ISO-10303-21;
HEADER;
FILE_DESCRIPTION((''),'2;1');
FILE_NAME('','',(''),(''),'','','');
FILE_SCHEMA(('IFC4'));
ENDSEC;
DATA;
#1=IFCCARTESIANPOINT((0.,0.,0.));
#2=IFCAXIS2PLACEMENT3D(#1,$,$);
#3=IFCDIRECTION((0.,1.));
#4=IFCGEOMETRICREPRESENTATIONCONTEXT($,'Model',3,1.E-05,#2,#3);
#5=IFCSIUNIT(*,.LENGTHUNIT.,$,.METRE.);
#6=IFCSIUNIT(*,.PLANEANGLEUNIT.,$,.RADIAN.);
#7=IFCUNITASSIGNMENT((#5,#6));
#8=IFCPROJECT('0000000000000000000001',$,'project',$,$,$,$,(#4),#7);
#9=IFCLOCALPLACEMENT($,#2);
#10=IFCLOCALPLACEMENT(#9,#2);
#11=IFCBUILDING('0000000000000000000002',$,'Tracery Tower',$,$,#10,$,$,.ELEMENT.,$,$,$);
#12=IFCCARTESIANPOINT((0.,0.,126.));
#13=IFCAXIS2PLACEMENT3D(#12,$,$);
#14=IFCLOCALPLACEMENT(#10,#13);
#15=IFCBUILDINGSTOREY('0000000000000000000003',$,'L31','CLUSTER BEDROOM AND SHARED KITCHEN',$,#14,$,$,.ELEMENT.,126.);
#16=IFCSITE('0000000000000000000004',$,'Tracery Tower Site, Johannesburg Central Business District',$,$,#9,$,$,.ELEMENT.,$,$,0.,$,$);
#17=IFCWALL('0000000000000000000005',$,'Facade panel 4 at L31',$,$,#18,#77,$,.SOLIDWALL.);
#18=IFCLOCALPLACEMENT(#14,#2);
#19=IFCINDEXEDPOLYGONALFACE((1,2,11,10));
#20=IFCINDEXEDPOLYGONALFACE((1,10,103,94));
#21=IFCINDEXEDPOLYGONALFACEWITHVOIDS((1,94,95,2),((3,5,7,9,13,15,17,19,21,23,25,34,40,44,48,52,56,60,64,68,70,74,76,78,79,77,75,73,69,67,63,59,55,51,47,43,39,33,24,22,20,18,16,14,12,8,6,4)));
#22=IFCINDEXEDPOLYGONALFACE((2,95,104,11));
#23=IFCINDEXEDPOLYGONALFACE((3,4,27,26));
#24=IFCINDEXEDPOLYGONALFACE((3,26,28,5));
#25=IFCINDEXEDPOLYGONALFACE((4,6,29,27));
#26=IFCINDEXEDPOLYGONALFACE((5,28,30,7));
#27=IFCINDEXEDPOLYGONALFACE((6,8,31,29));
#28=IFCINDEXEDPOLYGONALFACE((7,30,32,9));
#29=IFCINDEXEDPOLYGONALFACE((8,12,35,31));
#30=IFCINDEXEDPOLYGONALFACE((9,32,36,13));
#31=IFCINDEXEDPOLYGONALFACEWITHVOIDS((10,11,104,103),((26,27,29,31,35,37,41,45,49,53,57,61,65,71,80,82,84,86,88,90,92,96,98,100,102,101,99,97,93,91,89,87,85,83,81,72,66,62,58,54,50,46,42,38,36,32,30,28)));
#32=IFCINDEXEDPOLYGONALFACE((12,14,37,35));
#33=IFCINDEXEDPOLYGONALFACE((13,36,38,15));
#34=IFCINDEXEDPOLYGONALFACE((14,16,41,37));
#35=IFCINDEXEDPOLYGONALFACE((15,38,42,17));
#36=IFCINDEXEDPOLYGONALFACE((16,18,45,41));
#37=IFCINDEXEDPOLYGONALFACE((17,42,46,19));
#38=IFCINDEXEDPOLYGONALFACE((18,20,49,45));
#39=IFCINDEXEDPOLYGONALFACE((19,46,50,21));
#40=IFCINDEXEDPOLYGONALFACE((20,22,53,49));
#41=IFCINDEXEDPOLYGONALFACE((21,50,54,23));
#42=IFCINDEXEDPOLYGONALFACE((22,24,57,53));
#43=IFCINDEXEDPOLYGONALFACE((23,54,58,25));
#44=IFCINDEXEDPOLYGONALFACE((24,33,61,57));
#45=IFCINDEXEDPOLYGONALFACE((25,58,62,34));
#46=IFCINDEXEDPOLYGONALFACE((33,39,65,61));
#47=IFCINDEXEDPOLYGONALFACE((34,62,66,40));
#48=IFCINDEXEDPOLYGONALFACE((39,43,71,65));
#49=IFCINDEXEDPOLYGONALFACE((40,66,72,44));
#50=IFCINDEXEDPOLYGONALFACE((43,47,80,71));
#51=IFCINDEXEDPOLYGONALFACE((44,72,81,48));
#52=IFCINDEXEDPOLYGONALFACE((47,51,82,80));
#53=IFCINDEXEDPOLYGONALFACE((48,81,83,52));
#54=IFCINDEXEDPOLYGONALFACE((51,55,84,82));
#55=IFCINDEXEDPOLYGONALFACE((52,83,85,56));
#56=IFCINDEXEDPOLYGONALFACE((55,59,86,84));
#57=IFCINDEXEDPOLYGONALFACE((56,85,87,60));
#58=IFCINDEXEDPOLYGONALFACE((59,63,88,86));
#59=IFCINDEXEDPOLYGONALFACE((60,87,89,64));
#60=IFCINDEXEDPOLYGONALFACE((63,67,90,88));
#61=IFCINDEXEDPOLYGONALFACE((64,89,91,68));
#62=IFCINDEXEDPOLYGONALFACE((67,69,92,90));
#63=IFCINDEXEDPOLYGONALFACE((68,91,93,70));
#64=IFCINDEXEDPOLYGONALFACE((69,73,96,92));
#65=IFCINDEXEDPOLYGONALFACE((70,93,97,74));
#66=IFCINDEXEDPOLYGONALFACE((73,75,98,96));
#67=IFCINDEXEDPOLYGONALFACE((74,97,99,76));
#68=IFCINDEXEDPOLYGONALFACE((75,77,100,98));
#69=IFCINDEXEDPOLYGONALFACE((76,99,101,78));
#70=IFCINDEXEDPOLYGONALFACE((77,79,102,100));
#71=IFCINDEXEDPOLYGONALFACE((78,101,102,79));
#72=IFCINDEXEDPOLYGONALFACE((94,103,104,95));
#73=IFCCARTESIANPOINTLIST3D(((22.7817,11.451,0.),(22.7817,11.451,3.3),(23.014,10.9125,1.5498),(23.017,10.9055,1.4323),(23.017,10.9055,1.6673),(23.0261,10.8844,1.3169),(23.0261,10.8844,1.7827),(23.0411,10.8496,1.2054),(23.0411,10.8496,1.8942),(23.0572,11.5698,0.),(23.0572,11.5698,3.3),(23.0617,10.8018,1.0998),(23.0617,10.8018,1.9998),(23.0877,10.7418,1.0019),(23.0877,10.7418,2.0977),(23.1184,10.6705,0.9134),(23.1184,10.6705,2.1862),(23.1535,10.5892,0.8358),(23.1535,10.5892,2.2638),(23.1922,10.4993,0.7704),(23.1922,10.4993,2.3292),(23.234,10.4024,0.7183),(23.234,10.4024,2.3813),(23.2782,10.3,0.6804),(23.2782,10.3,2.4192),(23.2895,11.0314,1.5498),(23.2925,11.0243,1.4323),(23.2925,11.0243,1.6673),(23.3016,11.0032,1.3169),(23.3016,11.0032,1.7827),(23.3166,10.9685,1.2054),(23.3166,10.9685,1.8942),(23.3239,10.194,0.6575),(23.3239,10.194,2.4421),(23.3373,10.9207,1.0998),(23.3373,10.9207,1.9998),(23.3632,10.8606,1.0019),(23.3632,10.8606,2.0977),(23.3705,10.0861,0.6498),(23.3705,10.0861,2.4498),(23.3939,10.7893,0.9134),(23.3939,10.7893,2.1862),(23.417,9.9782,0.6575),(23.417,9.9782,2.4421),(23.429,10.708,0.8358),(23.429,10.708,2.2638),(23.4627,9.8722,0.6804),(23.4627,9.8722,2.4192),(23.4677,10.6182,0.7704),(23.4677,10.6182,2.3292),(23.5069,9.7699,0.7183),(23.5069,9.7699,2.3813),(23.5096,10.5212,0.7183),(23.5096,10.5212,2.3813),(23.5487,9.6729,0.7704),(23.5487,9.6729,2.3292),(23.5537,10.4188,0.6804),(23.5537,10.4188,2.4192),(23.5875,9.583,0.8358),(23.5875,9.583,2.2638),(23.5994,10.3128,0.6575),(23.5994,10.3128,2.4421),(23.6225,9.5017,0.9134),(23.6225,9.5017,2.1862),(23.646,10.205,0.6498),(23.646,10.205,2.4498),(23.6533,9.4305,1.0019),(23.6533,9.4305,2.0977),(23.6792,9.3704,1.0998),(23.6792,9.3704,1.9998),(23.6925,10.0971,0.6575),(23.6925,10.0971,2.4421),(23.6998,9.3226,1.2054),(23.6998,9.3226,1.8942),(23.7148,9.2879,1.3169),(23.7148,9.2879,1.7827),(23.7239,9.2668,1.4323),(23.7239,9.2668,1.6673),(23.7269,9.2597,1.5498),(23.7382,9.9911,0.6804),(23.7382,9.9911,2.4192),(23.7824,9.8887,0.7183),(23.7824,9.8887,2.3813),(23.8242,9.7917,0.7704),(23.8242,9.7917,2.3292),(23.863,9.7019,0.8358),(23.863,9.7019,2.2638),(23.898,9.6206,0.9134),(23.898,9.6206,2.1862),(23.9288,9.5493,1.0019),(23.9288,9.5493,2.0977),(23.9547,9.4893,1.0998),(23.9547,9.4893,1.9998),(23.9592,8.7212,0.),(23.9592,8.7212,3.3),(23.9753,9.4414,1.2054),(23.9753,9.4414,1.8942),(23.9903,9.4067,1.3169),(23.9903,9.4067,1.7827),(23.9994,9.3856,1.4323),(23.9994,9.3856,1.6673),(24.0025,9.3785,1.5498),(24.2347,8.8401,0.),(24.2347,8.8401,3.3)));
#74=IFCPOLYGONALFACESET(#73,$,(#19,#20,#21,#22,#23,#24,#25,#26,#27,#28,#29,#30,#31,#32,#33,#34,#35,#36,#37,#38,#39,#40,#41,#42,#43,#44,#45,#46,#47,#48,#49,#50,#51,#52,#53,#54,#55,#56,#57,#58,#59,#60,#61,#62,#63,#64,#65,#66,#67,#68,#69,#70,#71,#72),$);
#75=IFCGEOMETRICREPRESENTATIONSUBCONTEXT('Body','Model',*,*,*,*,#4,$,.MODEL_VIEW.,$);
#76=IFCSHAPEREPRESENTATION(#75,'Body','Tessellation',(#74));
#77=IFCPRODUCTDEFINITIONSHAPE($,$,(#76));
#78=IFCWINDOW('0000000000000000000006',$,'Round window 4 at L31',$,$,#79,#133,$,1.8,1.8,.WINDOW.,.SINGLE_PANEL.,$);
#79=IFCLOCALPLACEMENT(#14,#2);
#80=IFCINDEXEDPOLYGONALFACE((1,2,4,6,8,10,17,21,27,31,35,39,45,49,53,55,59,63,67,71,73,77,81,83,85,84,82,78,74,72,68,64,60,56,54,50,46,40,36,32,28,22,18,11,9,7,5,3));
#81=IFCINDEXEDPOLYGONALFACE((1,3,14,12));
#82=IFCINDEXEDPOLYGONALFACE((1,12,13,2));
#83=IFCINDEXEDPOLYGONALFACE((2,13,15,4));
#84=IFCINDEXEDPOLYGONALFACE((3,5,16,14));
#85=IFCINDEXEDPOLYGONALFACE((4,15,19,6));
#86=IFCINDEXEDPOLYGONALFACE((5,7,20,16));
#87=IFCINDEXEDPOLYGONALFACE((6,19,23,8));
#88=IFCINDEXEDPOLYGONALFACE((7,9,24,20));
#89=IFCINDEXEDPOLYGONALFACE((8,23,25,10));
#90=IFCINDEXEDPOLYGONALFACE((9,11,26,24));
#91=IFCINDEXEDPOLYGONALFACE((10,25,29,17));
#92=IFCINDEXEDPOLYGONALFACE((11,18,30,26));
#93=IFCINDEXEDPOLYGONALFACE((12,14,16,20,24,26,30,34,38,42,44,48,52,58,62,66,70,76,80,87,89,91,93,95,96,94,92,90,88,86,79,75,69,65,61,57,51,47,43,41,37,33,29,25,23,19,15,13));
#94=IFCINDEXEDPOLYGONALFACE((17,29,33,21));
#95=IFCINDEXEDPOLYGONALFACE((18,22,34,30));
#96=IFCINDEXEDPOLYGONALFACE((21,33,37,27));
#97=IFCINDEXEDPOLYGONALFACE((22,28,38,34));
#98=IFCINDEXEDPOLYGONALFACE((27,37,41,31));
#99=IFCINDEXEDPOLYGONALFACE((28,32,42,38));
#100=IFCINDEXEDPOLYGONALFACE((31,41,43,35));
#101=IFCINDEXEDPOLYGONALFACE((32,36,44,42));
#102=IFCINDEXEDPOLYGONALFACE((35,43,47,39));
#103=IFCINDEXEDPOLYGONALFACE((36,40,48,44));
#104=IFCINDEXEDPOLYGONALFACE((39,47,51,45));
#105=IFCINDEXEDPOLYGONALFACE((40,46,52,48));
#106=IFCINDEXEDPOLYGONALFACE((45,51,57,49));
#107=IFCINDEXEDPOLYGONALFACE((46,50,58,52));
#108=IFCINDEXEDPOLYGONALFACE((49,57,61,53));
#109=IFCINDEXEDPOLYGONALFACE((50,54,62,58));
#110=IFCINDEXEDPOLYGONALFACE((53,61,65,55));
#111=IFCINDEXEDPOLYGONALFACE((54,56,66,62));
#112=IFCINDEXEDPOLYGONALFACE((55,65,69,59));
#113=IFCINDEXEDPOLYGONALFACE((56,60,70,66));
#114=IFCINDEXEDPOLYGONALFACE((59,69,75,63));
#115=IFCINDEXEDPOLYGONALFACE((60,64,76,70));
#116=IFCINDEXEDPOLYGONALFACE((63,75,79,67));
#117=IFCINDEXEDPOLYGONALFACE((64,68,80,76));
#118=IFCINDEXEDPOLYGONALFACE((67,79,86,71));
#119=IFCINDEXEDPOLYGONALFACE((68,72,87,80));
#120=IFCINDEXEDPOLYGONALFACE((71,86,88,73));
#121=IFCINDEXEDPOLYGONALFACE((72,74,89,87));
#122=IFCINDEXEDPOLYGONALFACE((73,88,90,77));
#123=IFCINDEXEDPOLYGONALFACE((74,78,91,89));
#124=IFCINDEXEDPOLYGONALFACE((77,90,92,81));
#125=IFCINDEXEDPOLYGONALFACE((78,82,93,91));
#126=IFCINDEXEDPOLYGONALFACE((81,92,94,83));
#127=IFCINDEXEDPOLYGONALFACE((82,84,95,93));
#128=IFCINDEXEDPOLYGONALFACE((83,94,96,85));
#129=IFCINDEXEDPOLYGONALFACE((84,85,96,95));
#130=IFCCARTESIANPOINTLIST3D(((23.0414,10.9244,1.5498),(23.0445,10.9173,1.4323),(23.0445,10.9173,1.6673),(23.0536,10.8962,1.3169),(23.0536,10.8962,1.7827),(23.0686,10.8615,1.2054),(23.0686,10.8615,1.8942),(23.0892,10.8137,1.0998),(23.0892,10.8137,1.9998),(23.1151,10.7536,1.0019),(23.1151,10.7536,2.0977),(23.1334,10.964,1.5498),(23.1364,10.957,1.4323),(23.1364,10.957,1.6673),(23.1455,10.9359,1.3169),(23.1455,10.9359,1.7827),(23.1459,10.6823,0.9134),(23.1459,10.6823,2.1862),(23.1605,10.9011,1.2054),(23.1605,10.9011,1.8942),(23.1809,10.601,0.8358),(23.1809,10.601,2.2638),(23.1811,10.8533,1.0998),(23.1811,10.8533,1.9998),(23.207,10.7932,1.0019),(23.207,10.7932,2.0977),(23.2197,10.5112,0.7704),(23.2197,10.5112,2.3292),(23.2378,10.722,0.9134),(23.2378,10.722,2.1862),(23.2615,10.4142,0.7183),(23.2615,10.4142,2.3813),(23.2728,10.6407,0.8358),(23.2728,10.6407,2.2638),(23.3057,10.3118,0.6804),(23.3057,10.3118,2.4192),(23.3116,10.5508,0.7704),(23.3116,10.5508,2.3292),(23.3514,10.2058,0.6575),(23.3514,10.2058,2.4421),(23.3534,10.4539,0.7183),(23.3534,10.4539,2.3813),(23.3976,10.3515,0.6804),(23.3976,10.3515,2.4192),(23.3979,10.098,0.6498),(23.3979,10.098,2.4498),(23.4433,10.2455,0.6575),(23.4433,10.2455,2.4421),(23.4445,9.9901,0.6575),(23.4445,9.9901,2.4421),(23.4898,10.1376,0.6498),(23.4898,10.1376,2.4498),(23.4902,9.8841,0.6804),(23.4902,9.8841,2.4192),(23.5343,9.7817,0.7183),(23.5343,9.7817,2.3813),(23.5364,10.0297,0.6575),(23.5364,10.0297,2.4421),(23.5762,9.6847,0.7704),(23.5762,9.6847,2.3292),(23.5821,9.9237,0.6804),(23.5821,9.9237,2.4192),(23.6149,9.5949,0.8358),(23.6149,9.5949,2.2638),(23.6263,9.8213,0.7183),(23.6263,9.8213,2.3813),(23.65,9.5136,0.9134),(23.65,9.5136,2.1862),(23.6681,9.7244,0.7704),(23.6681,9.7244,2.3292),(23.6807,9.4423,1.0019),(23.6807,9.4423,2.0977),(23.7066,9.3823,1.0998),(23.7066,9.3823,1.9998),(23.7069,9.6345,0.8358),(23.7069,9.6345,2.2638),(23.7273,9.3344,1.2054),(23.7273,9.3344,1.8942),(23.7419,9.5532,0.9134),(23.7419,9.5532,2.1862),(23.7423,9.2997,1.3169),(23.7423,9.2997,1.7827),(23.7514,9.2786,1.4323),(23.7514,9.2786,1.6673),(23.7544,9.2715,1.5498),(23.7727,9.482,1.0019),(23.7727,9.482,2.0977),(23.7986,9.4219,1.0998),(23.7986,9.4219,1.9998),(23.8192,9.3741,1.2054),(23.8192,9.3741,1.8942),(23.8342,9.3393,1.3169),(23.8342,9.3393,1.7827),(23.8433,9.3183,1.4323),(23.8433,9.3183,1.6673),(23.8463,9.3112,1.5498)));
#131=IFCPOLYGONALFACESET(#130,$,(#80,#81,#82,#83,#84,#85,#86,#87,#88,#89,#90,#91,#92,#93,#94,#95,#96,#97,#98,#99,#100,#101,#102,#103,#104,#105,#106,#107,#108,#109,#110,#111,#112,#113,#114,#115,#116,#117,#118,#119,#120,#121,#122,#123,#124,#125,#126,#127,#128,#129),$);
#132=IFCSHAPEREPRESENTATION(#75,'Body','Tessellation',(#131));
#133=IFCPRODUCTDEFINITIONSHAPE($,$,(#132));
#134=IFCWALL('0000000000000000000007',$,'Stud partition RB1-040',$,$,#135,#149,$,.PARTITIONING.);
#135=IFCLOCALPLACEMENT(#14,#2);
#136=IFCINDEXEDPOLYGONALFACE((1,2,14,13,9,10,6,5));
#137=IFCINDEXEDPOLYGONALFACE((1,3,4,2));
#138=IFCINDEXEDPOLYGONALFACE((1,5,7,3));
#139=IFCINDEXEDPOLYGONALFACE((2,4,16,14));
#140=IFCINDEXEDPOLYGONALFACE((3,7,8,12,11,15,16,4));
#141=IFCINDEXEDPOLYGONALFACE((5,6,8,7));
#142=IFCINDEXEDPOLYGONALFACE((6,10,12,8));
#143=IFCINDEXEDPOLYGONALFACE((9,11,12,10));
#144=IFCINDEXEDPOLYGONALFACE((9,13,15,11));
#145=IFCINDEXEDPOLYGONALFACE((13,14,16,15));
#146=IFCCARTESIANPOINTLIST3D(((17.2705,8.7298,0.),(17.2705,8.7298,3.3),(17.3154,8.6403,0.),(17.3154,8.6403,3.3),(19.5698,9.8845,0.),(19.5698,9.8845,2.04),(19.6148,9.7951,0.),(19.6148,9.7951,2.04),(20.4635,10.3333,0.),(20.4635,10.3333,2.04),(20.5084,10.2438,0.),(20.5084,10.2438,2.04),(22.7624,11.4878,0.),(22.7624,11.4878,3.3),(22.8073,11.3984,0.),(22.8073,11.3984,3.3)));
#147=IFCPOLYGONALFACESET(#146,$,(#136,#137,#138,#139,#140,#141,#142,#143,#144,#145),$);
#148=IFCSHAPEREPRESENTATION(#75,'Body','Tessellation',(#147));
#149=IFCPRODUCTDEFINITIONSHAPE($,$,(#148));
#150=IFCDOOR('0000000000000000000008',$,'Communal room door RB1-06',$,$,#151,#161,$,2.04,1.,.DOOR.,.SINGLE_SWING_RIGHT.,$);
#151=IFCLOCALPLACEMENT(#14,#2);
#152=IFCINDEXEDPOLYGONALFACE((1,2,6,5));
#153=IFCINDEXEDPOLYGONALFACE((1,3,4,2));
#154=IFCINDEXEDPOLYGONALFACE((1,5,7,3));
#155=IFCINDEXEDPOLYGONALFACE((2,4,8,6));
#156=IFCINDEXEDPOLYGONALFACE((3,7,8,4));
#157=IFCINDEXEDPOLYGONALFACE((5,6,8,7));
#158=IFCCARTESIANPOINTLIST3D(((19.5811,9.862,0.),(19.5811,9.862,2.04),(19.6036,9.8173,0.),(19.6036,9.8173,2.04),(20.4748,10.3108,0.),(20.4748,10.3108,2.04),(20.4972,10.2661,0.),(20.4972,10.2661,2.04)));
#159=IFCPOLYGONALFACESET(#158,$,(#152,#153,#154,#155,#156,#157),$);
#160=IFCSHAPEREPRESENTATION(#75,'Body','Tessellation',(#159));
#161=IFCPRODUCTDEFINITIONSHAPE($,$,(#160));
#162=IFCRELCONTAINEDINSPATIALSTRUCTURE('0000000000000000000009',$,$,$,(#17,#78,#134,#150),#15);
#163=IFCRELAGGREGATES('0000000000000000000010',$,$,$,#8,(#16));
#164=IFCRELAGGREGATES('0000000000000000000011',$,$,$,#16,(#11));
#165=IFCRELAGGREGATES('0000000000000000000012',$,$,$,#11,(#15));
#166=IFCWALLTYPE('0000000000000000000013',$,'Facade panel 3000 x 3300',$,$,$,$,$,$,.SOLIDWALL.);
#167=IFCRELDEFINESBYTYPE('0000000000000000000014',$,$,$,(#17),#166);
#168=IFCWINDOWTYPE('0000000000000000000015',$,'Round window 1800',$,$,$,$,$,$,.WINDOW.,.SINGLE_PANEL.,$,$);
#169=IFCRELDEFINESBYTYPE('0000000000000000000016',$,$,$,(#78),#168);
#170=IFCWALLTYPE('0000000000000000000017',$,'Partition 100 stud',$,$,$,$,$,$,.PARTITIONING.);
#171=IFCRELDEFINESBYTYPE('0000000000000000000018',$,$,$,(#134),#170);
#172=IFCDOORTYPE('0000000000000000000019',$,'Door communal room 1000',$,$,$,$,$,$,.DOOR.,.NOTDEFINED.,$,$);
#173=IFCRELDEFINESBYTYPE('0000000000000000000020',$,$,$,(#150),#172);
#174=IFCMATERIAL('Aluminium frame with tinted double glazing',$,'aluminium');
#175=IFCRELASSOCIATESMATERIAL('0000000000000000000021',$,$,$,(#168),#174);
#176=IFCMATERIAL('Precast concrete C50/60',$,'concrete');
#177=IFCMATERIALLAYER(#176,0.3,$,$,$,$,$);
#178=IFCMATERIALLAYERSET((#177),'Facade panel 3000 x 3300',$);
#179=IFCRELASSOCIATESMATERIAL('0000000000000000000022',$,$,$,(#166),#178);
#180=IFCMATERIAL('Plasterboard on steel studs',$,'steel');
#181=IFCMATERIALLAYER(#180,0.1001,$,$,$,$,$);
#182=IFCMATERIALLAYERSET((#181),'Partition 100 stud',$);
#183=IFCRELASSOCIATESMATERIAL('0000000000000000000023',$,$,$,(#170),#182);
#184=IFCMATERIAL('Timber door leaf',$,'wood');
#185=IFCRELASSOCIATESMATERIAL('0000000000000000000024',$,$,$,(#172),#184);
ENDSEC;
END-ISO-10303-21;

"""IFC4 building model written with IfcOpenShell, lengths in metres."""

from ifc_helpers import new_model, si_unit, direction, frame, frame_2d, origin, origin_2d, place, context, subcontext, project, spatial, rectangle, circle, extrude, material, layer, layer_set, type_object, element, fill, save


model = new_model("IFC4")

# Units and contexts
model_context = context("Model", 3, precision=1e-05, world=origin(), true_north=direction((0.0, 1.0)))
body_context = subcontext(model_context, "Body", "Model", "MODEL_VIEW")
ifc_project = project(units=[si_unit("LENGTHUNIT", "METRE"), si_unit("PLANEANGLEUNIT", "RADIAN")], contexts=[model_context])

# Site, building, storey
site_placement = place(None, origin())
site = spatial("IfcSite", under=ifc_project, at=site_placement, Name="Tracery Tower Site, Johannesburg Central Business District", CompositionType="ELEMENT", RefElevation=0.0)
building_placement = place(site_placement, origin())
building = spatial("IfcBuilding", under=site, at=building_placement, Name="Tracery Tower", CompositionType="ELEMENT")
storey_placement = place(building_placement, frame((0.0, 0.0, 126.0)))
storey = spatial("IfcBuildingStorey", under=building, at=storey_placement, Name="L31", Description="CLUSTER BEDROOM AND SHARED KITCHEN", CompositionType="ELEMENT", Elevation=126.0)

# Wall, opening, window
ifc_material_1 = material(Name="Aluminium frame with tinted double glazing", Category="aluminium")
window_type = type_object("IfcWindowType", Name="Round window 1800", PartitioningType="SINGLE_PANEL", PredefinedType="WINDOW", material=ifc_material_1)
ifc_material_2 = material(Name="Precast concrete C50/60", Category="concrete")
ifc_layer_1 = layer(ifc_material_2, 0.3)
ifc_layer_set_1 = layer_set([ifc_layer_1], Name="Facade panel 3000 x 3300")
wall_type_1 = type_object("IfcWallType", Name="Facade panel 3000 x 3300", PredefinedType="SOLIDWALL", material=ifc_layer_set_1)
wall_1_placement = place(storey_placement, frame((24.0969, 8.7808, 0.0), z_axis=(0.0, 0.0, 1.0), x_axis=(-0.396079, 0.918216, 0.0)))
wall_1 = element("IfcWall", 1, at=wall_1_placement, inside=storey, type_object=wall_type_1, Name="Facade panel 4 at L31", PredefinedType="SOLIDWALL", context=body_context, shape_type="SweptSolid", body=[
    extrude(rectangle(XDim=2.9729, YDim=0.3, at=frame_2d((1.4863, 0.0))), origin(), (0.0, 0.0, 1.0), 3.3),
])
opening_1_placement = place(wall_1_placement, frame((1.4863, 0.0, 1.5498)))
opening_1 = element("IfcOpeningElement", 2, at=opening_1_placement, cuts=wall_1, PredefinedType="OPENING", context=body_context, shape_type="SweptSolid", body=[
    extrude(circle(Radius=0.9, at=origin_2d()), frame((0.0, 0.1599, 0.0), z_axis=(0.0, -1.0, 0.0), x_axis=(1.0, 0.0, 0.0)), (0.0, 0.0, 1.0), 0.3201),
])
window_1_placement = place(opening_1_placement, origin())
window_1 = element("IfcWindow", 3, at=window_1_placement, inside=storey, type_object=window_type, Name="Round window 4 at L31", OverallHeight=1.8, OverallWidth=1.8, PartitioningType="SINGLE_PANEL", PredefinedType="WINDOW", context=body_context, shape_type="SweptSolid", body=[
    extrude(circle(Radius=0.9, at=origin_2d()), frame((0.0, 0.1201, 0.0), z_axis=(0.0, -1.0, 0.0), x_axis=(1.0, 0.0, 0.0)), (0.0, 0.0, 1.0), 0.1001),
])
fill(opening_1, window_1)

# Wall, opening, door
ifc_material_3 = material(Name="Plasterboard on steel studs", Category="steel")
ifc_layer_2 = layer(ifc_material_3, 0.1001)
ifc_layer_set_2 = layer_set([ifc_layer_2], Name="Partition 100 stud")
wall_type_2 = type_object("IfcWallType", Name="Partition 100 stud", PredefinedType="PARTITIONING", material=ifc_layer_set_2)
wall_2_placement = place(storey_placement, frame((17.293, 8.6851, 0.0), z_axis=(0.0, 0.0, 1.0), x_axis=(0.893639, 0.448786, 0.0)))
wall_2 = element("IfcWall", 4, at=wall_2_placement, inside=storey, type_object=wall_type_2, Name="Stud partition RB1-040", PredefinedType="PARTITIONING", context=body_context, shape_type="SweptSolid", body=[
    extrude(rectangle(XDim=6.1455, YDim=0.1001, at=frame_2d((3.0728, 0.0))), origin(), (0.0, 0.0, 1.0), 3.3),
])
opening_2_placement = place(wall_2_placement, frame((2.573, 0.0, 0.0)))
opening_2 = element("IfcOpeningElement", 5, at=opening_2_placement, cuts=wall_2, PredefinedType="OPENING", context=body_context, shape_type="SweptSolid", body=[
    extrude(rectangle(XDim=1.0, YDim=2.04, at=frame_2d((0.5, 1.02))), frame((0.0, 0.05, 0.0), z_axis=(0.0, -1.0, 0.0), x_axis=(1.0, 0.0, 0.0)), (0.0, 0.0, 1.0), 0.1001),
])
ifc_material_4 = material(Name="Timber door leaf", Category="wood")
door_type_1 = type_object("IfcDoorType", Name="Door communal room 1000", OperationType="NOTDEFINED", PredefinedType="DOOR", material=ifc_material_4)
door_1_placement = place(opening_2_placement, origin())
door_1 = element("IfcDoor", 6, at=door_1_placement, inside=storey, type_object=door_type_1, Name="Communal room door RB1-06", OperationType="SINGLE_SWING_RIGHT", OverallHeight=2.04, OverallWidth=1.0, PredefinedType="DOOR", context=body_context, shape_type="SweptSolid", body=[
    extrude(rectangle(XDim=1.0, YDim=2.04, at=frame_2d((0.5, 1.02))), frame((0.0, 0.0249, 0.0), z_axis=(0.0, -1.0, 0.0), x_axis=(1.0, 0.0, 0.0)), (0.0, 0.0, 1.0), 0.05),
])
fill(opening_2, door_1)

save(model, "model.ifc")
